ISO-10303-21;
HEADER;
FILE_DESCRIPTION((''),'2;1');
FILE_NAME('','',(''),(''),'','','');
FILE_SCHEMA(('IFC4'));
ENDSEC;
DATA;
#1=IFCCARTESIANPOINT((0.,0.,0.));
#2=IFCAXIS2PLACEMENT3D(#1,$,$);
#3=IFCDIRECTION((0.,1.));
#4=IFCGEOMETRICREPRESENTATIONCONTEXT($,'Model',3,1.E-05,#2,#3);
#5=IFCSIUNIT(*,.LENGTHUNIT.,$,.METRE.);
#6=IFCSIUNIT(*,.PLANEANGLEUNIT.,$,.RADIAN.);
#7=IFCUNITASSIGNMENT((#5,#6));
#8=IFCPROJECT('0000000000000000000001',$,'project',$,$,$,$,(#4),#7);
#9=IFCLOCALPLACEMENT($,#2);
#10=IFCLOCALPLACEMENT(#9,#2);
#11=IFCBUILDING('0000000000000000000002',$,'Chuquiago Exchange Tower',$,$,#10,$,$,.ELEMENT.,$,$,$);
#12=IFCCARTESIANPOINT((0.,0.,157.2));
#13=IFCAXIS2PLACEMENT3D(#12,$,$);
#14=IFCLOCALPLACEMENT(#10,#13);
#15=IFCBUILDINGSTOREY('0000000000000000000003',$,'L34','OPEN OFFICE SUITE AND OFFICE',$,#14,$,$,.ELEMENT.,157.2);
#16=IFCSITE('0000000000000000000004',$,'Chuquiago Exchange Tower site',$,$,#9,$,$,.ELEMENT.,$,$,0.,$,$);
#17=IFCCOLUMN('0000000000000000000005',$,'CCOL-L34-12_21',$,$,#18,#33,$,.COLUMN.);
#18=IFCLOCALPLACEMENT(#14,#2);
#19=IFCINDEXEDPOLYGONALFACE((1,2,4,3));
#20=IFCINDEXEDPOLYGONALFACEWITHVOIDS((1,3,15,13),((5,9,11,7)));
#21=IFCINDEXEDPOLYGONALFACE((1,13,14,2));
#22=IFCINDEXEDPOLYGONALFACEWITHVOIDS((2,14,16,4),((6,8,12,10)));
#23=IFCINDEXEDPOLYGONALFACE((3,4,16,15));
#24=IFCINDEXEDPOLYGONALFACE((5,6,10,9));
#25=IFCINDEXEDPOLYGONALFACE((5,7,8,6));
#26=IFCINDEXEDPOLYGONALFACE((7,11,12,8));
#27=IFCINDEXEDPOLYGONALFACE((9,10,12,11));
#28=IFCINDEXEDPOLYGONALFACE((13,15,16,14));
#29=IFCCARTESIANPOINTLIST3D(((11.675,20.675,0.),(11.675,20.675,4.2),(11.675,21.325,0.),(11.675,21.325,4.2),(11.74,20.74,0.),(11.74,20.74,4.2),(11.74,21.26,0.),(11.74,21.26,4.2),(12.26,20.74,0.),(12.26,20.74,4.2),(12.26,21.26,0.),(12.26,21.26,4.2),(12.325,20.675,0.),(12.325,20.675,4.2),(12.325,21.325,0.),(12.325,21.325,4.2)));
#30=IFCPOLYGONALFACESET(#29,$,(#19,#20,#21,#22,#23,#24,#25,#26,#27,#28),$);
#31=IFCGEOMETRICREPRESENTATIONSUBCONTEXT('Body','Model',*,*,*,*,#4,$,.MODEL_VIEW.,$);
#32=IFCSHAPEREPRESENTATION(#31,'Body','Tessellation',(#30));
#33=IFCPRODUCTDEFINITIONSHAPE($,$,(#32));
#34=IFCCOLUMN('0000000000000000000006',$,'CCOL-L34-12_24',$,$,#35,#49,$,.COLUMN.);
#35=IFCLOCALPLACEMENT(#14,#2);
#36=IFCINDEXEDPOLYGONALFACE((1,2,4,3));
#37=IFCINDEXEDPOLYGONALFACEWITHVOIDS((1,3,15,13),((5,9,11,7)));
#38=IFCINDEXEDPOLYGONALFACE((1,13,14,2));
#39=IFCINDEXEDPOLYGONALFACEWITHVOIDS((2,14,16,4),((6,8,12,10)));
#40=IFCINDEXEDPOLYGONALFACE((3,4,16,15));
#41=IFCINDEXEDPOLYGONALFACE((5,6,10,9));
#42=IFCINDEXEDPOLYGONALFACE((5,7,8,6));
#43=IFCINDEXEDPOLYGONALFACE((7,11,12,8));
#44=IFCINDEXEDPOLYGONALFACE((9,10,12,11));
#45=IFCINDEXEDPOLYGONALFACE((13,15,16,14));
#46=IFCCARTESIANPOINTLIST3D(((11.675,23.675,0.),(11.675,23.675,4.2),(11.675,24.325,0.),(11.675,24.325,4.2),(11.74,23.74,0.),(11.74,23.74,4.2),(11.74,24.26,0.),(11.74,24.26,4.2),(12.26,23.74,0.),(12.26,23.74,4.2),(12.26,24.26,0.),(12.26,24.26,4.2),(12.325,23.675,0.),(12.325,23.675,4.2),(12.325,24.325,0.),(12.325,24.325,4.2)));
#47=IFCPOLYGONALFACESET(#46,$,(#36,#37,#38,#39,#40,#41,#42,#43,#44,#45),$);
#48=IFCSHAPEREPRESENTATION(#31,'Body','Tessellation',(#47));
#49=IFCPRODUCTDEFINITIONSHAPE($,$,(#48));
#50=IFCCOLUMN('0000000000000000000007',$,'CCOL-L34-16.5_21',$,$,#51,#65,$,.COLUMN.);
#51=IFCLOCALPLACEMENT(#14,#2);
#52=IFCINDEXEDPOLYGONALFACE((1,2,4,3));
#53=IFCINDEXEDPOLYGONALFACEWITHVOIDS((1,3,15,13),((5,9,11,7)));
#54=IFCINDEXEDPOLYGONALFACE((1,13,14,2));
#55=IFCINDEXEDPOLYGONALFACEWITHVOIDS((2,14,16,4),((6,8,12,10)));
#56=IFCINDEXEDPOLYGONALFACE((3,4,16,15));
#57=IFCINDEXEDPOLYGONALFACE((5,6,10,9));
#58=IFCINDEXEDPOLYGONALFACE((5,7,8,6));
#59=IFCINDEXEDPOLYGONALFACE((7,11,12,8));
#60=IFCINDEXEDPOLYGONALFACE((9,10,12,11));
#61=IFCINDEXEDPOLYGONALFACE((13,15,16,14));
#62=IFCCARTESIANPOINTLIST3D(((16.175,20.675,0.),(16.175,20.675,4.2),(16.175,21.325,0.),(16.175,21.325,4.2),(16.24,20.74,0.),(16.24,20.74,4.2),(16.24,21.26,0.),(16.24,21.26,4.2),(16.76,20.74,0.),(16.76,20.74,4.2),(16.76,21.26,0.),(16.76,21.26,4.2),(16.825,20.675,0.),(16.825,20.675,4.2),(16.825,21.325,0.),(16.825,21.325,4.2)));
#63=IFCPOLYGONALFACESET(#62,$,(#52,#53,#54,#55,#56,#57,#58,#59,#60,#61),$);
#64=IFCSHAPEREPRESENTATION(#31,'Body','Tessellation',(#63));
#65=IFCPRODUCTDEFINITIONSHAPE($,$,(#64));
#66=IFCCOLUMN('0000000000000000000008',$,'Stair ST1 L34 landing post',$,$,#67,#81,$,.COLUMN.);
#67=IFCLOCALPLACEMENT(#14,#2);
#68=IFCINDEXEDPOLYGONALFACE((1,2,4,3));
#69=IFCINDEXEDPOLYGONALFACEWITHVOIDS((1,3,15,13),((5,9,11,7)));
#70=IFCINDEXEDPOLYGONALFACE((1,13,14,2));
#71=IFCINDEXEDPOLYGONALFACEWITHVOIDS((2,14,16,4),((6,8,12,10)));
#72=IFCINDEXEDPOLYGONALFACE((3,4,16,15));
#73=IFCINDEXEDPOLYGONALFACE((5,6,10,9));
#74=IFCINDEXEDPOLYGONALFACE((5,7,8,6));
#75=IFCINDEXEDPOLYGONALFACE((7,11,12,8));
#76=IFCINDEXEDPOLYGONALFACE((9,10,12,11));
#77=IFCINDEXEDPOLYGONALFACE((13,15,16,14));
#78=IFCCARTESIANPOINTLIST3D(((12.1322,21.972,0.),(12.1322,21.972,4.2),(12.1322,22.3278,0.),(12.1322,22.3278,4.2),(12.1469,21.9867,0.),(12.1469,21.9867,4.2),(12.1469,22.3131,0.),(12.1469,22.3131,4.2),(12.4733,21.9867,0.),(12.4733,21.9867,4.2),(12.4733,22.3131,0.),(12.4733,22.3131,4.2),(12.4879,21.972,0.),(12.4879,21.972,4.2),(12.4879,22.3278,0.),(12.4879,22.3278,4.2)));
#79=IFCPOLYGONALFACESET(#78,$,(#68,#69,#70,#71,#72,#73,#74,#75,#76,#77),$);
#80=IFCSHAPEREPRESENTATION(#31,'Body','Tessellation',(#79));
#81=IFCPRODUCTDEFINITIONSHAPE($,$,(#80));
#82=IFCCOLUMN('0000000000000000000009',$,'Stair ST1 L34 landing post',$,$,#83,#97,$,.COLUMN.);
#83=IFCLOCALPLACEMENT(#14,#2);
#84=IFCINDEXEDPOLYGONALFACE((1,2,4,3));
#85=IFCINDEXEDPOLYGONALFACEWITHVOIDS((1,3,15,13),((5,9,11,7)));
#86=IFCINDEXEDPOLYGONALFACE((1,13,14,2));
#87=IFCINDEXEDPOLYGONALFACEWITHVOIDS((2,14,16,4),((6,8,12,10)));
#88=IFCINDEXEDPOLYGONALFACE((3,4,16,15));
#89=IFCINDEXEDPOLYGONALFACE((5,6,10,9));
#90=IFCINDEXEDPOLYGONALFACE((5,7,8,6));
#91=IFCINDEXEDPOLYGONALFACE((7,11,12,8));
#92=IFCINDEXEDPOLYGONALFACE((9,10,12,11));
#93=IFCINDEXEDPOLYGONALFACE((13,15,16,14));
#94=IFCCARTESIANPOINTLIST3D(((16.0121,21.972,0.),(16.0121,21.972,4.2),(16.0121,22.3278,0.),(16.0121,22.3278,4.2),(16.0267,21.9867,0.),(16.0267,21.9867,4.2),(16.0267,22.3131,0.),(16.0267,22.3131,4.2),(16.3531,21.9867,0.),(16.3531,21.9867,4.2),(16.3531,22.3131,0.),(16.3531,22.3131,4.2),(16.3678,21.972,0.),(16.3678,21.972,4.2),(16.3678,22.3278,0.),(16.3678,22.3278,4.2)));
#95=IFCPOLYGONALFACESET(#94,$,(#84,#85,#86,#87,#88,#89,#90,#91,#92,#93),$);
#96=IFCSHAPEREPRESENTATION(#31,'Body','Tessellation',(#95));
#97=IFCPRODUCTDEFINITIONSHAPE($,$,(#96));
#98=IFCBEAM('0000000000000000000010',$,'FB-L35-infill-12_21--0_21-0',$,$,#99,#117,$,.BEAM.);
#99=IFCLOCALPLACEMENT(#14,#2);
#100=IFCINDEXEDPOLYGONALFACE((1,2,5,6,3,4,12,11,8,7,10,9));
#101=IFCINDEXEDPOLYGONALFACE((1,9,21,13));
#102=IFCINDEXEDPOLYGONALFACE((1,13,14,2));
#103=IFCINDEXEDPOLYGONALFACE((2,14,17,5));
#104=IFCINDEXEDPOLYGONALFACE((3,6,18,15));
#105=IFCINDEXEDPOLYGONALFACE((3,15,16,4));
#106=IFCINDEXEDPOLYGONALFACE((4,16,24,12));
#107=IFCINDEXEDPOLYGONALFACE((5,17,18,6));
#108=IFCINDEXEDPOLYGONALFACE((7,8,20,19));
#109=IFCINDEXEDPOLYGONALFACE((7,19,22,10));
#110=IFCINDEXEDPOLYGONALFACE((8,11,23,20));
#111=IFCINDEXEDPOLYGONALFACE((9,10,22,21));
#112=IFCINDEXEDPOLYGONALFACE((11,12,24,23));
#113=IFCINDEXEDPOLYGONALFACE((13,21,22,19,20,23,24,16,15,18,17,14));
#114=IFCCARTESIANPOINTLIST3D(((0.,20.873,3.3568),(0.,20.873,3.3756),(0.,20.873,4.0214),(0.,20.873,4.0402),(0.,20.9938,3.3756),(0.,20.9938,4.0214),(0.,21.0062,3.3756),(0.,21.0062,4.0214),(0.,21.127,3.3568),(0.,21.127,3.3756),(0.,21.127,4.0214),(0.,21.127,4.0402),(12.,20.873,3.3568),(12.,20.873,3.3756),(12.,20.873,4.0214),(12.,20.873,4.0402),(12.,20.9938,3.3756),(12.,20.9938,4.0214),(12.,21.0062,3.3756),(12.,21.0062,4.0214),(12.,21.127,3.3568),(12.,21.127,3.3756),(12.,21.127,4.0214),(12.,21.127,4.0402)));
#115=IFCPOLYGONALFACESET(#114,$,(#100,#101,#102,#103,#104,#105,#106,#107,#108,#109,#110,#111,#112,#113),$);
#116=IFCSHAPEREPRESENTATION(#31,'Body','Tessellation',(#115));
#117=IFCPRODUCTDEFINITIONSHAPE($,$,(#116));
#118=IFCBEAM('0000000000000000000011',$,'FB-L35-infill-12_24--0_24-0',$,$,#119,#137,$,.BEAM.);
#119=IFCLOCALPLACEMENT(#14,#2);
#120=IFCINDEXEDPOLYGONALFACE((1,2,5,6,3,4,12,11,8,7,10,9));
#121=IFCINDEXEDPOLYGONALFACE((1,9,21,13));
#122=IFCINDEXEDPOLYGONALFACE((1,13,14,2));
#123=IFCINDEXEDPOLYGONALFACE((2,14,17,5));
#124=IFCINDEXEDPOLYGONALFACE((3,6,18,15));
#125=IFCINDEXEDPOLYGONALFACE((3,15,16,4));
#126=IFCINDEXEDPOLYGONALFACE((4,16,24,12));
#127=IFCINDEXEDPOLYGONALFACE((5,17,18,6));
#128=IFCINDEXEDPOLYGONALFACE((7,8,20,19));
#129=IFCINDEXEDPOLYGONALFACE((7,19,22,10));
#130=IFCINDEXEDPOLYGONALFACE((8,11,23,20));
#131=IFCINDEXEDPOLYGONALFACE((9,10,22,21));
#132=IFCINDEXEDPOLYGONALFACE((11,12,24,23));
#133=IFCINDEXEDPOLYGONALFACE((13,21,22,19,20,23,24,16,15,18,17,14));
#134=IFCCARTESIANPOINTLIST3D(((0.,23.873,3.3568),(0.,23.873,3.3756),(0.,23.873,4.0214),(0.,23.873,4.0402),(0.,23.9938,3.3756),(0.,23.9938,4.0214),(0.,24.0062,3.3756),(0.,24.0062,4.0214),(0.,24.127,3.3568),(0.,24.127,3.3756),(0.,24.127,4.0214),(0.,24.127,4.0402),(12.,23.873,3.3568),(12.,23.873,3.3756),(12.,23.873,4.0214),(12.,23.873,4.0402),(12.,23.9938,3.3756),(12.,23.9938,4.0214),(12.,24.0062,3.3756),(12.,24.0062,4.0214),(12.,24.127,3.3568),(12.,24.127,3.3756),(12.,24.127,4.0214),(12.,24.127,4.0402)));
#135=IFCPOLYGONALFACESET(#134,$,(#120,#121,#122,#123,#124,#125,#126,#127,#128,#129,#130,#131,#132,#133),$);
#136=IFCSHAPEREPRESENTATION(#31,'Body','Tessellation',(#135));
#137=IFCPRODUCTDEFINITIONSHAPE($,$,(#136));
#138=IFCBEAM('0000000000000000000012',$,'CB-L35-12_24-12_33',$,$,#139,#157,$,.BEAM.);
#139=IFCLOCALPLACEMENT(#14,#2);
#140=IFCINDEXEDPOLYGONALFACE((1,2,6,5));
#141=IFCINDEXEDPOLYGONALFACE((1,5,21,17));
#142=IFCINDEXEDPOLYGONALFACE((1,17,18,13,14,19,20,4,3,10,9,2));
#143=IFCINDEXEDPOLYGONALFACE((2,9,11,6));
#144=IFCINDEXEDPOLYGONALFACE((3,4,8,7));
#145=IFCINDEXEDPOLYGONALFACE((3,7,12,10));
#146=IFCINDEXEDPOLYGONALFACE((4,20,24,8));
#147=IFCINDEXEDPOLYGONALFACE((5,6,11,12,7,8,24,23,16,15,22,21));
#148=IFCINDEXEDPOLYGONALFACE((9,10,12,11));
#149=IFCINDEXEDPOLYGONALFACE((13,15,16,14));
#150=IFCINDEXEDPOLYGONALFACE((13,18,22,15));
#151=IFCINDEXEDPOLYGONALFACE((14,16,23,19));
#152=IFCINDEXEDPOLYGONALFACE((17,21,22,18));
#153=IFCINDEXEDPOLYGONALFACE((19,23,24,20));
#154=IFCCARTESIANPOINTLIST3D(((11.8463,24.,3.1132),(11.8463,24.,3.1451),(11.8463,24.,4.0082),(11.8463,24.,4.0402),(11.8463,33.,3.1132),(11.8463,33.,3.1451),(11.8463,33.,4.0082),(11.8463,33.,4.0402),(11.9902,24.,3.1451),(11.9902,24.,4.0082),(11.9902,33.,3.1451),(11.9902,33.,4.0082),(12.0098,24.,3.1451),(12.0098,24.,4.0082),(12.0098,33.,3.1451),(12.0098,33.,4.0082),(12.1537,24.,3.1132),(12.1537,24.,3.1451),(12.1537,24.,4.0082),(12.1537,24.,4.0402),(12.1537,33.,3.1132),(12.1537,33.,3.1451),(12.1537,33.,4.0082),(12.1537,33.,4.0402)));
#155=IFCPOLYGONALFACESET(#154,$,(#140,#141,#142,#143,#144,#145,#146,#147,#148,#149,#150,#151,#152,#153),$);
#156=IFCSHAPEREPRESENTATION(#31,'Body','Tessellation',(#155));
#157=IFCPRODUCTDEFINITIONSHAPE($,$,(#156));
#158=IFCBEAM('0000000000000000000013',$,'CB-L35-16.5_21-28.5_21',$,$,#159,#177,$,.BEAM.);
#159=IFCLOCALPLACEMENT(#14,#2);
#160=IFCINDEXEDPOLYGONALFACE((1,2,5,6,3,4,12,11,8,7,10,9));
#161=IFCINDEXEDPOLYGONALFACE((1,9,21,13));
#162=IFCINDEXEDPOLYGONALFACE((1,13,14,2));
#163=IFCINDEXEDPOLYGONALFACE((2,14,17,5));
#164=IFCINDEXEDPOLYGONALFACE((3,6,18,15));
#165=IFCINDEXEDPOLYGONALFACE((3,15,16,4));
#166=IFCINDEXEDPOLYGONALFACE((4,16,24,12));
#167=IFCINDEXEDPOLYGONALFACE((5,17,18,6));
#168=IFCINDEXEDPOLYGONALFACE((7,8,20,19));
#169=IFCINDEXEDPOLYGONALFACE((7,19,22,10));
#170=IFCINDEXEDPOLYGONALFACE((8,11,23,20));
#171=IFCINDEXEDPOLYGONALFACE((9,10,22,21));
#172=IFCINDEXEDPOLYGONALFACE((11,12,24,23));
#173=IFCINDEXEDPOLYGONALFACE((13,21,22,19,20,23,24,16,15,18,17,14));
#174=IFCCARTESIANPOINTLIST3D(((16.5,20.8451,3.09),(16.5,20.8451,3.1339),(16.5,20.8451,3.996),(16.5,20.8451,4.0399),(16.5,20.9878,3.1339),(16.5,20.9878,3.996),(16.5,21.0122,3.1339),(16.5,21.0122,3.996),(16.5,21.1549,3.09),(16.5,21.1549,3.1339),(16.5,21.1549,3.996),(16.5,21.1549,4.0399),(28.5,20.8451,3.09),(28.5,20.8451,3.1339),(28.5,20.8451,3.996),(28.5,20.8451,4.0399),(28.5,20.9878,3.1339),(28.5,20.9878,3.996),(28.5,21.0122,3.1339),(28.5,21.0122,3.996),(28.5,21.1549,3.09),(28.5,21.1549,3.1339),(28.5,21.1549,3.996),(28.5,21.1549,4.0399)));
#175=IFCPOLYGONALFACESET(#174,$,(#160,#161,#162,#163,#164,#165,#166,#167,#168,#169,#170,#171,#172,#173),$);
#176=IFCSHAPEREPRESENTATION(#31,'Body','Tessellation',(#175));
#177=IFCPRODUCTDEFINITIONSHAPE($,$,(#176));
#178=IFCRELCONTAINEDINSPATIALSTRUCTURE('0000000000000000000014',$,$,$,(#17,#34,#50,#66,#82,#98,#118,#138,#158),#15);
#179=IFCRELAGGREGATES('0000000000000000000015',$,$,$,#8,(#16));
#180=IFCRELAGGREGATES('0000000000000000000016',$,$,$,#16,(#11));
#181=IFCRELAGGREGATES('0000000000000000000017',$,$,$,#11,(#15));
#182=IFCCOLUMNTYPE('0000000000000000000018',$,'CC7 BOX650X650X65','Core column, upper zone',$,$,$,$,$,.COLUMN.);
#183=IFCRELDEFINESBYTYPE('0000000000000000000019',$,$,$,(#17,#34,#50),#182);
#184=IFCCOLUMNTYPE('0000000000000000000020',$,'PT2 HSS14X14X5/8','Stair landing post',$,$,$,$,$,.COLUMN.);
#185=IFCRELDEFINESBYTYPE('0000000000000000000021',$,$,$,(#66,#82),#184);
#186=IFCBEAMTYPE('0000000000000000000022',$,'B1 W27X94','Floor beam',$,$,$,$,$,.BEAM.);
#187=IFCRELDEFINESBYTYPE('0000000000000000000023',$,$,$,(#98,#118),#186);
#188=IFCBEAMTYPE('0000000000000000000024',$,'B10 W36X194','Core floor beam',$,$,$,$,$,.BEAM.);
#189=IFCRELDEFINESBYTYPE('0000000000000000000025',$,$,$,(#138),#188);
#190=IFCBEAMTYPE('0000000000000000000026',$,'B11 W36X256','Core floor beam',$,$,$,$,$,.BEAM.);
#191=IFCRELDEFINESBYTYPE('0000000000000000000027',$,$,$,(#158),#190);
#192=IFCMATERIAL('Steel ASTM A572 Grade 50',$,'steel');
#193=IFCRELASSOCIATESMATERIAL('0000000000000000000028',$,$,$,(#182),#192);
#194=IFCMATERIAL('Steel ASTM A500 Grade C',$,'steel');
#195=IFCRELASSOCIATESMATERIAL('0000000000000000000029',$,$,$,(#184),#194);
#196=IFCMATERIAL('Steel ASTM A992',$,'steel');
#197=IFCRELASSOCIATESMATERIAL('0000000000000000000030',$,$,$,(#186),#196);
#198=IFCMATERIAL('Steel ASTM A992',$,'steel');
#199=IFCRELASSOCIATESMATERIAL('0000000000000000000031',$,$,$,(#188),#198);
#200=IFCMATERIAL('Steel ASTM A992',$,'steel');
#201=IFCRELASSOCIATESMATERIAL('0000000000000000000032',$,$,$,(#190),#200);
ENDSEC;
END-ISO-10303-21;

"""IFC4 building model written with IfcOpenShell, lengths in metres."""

from ifc_helpers import new_model, si_unit, direction, frame, origin, origin_2d, place, context, subcontext, project, spatial, hollow_rectangle, i_section, extrude, material, material_profile, profile_set, type_object, element, save


model = new_model("IFC4")

# Units and contexts
model_context = context("Model", 3, precision=1e-05, world=origin(), true_north=direction((0.0, 1.0)))
body_context = subcontext(model_context, "Body", "Model", "MODEL_VIEW")
ifc_project = project(units=[si_unit("LENGTHUNIT", "METRE"), si_unit("PLANEANGLEUNIT", "RADIAN")], contexts=[model_context])

# Site, building, storey
site_placement = place(None, origin())
site = spatial("IfcSite", under=ifc_project, at=site_placement, Name="Chuquiago Exchange Tower site", CompositionType="ELEMENT", RefElevation=0.0)
building_placement = place(site_placement, origin())
building = spatial("IfcBuilding", under=site, at=building_placement, Name="Chuquiago Exchange Tower", CompositionType="ELEMENT")
storey_placement = place(building_placement, frame((0.0, 0.0, 157.2)))
storey = spatial("IfcBuildingStorey", under=building, at=storey_placement, Name="L34", Description="OPEN OFFICE SUITE AND OFFICE", CompositionType="ELEMENT", Elevation=157.2)

# Columns
ifc_material_1 = material(Name="Steel ASTM A572 Grade 50", Category="steel")
ifc_material_profile_1 = material_profile(ifc_material_1, hollow_rectangle(XDim=0.6499, YDim=0.6499, WallThickness=0.0649, at=origin_2d()), Name="BOX650X650X65")
ifc_profile_set_1 = profile_set([ifc_material_profile_1], Name="Steel ASTM A572 Grade 50")
column_type_1 = type_object("IfcColumnType", Name="CC7 BOX650X650X65", Description="Core column, upper zone", PredefinedType="COLUMN", material=ifc_profile_set_1)
for number, where, z_axis, x_axis, name in (
    (1, (12.0, 21.0, 0.0), (0.0, 0.0, 1.0), (1.0, 0.0, 0.0), "CCOL-L34-12_21"),
    (2, (12.0, 24.0, 0.0), (0.0, 0.0, 1.0), (1.0, 0.0, 0.0), "CCOL-L34-12_24"),
    (3, (16.5, 21.0, 0.0), (0.0, 0.0, 1.0), (1.0, 0.0, 0.0), "CCOL-L34-16.5_21"),
):
    element("IfcColumn", number, at=place(storey_placement, frame(where, z_axis=z_axis, x_axis=x_axis)), inside=storey, type_object=column_type_1, Name=name, PredefinedType="COLUMN", context=body_context, shape_type="SweptSolid", body=[
        extrude(hollow_rectangle(XDim=0.6499, YDim=0.6499, WallThickness=0.0649, at=origin_2d()), origin(), (0.0, 0.0, 1.0), 4.2),
    ])
ifc_material_2 = material(Name="Steel ASTM A500 Grade C", Category="steel")
ifc_material_profile_2 = material_profile(ifc_material_2, hollow_rectangle(XDim=0.3557, YDim=0.3557, WallThickness=0.0146, at=origin_2d()), Name="HSS14X14X5/8")
ifc_profile_set_2 = profile_set([ifc_material_profile_2], Name="Steel ASTM A500 Grade C")
column_type_2 = type_object("IfcColumnType", Name="PT2 HSS14X14X5/8", Description="Stair landing post", PredefinedType="COLUMN", material=ifc_profile_set_2)
for number, where, z_axis, x_axis, name in (
    (4, (12.3101, 22.1499, 0.0), (0.0, 0.0, 1.0), (1.0, 0.0, 0.0), "Stair ST1 L34 landing post"),
    (5, (16.1899, 22.1499, 0.0), (0.0, 0.0, 1.0), (1.0, 0.0, 0.0), "Stair ST1 L34 landing post"),
):
    element("IfcColumn", number, at=place(storey_placement, frame(where, z_axis=z_axis, x_axis=x_axis)), inside=storey, type_object=column_type_2, Name=name, PredefinedType="COLUMN", context=body_context, shape_type="SweptSolid", body=[
        extrude(hollow_rectangle(XDim=0.3557, YDim=0.3557, WallThickness=0.0146, at=origin_2d()), origin(), (0.0, 0.0, 1.0), 4.2),
    ])

# Beams
ifc_material_3 = material(Name="Steel ASTM A992", Category="steel")
ifc_material_profile_3 = material_profile(ifc_material_3, i_section(OverallWidth=0.2539, OverallDepth=0.6833, WebThickness=0.0125, FlangeThickness=0.0188, at=origin_2d()), Name="W27X94")
ifc_profile_set_3 = profile_set([ifc_material_profile_3], Name="Steel ASTM A992")
beam_type_1 = type_object("IfcBeamType", Name="B1 W27X94", Description="Floor beam", PredefinedType="BEAM", material=ifc_profile_set_3)
for number, where, z_axis, x_axis, name in (
    (6, (12.0, 21.0, 3.6985), (-1.0, 0.0, 0.0), (0.0, -1.0, 0.0), "FB-L35-infill-12_21--0_21-0"),
    (7, (12.0, 24.0, 3.6985), (-1.0, 0.0, 0.0), (0.0, -1.0, 0.0), "FB-L35-infill-12_24--0_24-0"),
):
    element("IfcBeam", number, at=place(storey_placement, frame(where, z_axis=z_axis, x_axis=x_axis)), inside=storey, type_object=beam_type_1, Name=name, PredefinedType="BEAM", context=body_context, shape_type="SweptSolid", body=[
        extrude(i_section(OverallWidth=0.2539, OverallDepth=0.6833, WebThickness=0.0125, FlangeThickness=0.0188, at=origin_2d()), origin(), (0.0, 0.0, 1.0), 12.0),
    ])
ifc_material_4 = material(Name="Steel ASTM A992", Category="steel")
ifc_material_profile_4 = material_profile(ifc_material_4, i_section(OverallWidth=0.3074, OverallDepth=0.927, WebThickness=0.0195, FlangeThickness=0.032, at=origin_2d()), Name="W36X194")
ifc_profile_set_4 = profile_set([ifc_material_profile_4], Name="Steel ASTM A992")
beam_type_2 = type_object("IfcBeamType", Name="B10 W36X194", Description="Core floor beam", PredefinedType="BEAM", material=ifc_profile_set_4)
beam_1_placement = place(storey_placement, frame((12.0, 24.0, 3.5767), z_axis=(0.0, 1.0, 0.0), x_axis=(-1.0, 0.0, 0.0)))
element("IfcBeam", 8, at=beam_1_placement, inside=storey, type_object=beam_type_2, Name="CB-L35-12_24-12_33", PredefinedType="BEAM", context=body_context, shape_type="SweptSolid", body=[
    extrude(i_section(OverallWidth=0.3074, OverallDepth=0.927, WebThickness=0.0195, FlangeThickness=0.032, at=origin_2d()), origin(), (0.0, 0.0, 1.0), 9.0),
])
ifc_material_5 = material(Name="Steel ASTM A992", Category="steel")
ifc_material_profile_5 = material_profile(ifc_material_5, i_section(OverallWidth=0.3098, OverallDepth=0.95, WebThickness=0.0244, FlangeThickness=0.0439, at=origin_2d()), Name="W36X256")
ifc_profile_set_5 = profile_set([ifc_material_profile_5], Name="Steel ASTM A992")
beam_type_3 = type_object("IfcBeamType", Name="B11 W36X256", Description="Core floor beam", PredefinedType="BEAM", material=ifc_profile_set_5)
beam_2_placement = place(storey_placement, frame((16.5, 21.0, 3.5649), z_axis=(1.0, 0.0, 0.0), x_axis=(0.0, 1.0, 0.0)))
element("IfcBeam", 9, at=beam_2_placement, inside=storey, type_object=beam_type_3, Name="CB-L35-16.5_21-28.5_21", PredefinedType="BEAM", context=body_context, shape_type="SweptSolid", body=[
    extrude(i_section(OverallWidth=0.3098, OverallDepth=0.95, WebThickness=0.0244, FlangeThickness=0.0439, at=origin_2d()), origin(), (0.0, 0.0, 1.0), 12.0),
])

save(model, "model.ifc")
